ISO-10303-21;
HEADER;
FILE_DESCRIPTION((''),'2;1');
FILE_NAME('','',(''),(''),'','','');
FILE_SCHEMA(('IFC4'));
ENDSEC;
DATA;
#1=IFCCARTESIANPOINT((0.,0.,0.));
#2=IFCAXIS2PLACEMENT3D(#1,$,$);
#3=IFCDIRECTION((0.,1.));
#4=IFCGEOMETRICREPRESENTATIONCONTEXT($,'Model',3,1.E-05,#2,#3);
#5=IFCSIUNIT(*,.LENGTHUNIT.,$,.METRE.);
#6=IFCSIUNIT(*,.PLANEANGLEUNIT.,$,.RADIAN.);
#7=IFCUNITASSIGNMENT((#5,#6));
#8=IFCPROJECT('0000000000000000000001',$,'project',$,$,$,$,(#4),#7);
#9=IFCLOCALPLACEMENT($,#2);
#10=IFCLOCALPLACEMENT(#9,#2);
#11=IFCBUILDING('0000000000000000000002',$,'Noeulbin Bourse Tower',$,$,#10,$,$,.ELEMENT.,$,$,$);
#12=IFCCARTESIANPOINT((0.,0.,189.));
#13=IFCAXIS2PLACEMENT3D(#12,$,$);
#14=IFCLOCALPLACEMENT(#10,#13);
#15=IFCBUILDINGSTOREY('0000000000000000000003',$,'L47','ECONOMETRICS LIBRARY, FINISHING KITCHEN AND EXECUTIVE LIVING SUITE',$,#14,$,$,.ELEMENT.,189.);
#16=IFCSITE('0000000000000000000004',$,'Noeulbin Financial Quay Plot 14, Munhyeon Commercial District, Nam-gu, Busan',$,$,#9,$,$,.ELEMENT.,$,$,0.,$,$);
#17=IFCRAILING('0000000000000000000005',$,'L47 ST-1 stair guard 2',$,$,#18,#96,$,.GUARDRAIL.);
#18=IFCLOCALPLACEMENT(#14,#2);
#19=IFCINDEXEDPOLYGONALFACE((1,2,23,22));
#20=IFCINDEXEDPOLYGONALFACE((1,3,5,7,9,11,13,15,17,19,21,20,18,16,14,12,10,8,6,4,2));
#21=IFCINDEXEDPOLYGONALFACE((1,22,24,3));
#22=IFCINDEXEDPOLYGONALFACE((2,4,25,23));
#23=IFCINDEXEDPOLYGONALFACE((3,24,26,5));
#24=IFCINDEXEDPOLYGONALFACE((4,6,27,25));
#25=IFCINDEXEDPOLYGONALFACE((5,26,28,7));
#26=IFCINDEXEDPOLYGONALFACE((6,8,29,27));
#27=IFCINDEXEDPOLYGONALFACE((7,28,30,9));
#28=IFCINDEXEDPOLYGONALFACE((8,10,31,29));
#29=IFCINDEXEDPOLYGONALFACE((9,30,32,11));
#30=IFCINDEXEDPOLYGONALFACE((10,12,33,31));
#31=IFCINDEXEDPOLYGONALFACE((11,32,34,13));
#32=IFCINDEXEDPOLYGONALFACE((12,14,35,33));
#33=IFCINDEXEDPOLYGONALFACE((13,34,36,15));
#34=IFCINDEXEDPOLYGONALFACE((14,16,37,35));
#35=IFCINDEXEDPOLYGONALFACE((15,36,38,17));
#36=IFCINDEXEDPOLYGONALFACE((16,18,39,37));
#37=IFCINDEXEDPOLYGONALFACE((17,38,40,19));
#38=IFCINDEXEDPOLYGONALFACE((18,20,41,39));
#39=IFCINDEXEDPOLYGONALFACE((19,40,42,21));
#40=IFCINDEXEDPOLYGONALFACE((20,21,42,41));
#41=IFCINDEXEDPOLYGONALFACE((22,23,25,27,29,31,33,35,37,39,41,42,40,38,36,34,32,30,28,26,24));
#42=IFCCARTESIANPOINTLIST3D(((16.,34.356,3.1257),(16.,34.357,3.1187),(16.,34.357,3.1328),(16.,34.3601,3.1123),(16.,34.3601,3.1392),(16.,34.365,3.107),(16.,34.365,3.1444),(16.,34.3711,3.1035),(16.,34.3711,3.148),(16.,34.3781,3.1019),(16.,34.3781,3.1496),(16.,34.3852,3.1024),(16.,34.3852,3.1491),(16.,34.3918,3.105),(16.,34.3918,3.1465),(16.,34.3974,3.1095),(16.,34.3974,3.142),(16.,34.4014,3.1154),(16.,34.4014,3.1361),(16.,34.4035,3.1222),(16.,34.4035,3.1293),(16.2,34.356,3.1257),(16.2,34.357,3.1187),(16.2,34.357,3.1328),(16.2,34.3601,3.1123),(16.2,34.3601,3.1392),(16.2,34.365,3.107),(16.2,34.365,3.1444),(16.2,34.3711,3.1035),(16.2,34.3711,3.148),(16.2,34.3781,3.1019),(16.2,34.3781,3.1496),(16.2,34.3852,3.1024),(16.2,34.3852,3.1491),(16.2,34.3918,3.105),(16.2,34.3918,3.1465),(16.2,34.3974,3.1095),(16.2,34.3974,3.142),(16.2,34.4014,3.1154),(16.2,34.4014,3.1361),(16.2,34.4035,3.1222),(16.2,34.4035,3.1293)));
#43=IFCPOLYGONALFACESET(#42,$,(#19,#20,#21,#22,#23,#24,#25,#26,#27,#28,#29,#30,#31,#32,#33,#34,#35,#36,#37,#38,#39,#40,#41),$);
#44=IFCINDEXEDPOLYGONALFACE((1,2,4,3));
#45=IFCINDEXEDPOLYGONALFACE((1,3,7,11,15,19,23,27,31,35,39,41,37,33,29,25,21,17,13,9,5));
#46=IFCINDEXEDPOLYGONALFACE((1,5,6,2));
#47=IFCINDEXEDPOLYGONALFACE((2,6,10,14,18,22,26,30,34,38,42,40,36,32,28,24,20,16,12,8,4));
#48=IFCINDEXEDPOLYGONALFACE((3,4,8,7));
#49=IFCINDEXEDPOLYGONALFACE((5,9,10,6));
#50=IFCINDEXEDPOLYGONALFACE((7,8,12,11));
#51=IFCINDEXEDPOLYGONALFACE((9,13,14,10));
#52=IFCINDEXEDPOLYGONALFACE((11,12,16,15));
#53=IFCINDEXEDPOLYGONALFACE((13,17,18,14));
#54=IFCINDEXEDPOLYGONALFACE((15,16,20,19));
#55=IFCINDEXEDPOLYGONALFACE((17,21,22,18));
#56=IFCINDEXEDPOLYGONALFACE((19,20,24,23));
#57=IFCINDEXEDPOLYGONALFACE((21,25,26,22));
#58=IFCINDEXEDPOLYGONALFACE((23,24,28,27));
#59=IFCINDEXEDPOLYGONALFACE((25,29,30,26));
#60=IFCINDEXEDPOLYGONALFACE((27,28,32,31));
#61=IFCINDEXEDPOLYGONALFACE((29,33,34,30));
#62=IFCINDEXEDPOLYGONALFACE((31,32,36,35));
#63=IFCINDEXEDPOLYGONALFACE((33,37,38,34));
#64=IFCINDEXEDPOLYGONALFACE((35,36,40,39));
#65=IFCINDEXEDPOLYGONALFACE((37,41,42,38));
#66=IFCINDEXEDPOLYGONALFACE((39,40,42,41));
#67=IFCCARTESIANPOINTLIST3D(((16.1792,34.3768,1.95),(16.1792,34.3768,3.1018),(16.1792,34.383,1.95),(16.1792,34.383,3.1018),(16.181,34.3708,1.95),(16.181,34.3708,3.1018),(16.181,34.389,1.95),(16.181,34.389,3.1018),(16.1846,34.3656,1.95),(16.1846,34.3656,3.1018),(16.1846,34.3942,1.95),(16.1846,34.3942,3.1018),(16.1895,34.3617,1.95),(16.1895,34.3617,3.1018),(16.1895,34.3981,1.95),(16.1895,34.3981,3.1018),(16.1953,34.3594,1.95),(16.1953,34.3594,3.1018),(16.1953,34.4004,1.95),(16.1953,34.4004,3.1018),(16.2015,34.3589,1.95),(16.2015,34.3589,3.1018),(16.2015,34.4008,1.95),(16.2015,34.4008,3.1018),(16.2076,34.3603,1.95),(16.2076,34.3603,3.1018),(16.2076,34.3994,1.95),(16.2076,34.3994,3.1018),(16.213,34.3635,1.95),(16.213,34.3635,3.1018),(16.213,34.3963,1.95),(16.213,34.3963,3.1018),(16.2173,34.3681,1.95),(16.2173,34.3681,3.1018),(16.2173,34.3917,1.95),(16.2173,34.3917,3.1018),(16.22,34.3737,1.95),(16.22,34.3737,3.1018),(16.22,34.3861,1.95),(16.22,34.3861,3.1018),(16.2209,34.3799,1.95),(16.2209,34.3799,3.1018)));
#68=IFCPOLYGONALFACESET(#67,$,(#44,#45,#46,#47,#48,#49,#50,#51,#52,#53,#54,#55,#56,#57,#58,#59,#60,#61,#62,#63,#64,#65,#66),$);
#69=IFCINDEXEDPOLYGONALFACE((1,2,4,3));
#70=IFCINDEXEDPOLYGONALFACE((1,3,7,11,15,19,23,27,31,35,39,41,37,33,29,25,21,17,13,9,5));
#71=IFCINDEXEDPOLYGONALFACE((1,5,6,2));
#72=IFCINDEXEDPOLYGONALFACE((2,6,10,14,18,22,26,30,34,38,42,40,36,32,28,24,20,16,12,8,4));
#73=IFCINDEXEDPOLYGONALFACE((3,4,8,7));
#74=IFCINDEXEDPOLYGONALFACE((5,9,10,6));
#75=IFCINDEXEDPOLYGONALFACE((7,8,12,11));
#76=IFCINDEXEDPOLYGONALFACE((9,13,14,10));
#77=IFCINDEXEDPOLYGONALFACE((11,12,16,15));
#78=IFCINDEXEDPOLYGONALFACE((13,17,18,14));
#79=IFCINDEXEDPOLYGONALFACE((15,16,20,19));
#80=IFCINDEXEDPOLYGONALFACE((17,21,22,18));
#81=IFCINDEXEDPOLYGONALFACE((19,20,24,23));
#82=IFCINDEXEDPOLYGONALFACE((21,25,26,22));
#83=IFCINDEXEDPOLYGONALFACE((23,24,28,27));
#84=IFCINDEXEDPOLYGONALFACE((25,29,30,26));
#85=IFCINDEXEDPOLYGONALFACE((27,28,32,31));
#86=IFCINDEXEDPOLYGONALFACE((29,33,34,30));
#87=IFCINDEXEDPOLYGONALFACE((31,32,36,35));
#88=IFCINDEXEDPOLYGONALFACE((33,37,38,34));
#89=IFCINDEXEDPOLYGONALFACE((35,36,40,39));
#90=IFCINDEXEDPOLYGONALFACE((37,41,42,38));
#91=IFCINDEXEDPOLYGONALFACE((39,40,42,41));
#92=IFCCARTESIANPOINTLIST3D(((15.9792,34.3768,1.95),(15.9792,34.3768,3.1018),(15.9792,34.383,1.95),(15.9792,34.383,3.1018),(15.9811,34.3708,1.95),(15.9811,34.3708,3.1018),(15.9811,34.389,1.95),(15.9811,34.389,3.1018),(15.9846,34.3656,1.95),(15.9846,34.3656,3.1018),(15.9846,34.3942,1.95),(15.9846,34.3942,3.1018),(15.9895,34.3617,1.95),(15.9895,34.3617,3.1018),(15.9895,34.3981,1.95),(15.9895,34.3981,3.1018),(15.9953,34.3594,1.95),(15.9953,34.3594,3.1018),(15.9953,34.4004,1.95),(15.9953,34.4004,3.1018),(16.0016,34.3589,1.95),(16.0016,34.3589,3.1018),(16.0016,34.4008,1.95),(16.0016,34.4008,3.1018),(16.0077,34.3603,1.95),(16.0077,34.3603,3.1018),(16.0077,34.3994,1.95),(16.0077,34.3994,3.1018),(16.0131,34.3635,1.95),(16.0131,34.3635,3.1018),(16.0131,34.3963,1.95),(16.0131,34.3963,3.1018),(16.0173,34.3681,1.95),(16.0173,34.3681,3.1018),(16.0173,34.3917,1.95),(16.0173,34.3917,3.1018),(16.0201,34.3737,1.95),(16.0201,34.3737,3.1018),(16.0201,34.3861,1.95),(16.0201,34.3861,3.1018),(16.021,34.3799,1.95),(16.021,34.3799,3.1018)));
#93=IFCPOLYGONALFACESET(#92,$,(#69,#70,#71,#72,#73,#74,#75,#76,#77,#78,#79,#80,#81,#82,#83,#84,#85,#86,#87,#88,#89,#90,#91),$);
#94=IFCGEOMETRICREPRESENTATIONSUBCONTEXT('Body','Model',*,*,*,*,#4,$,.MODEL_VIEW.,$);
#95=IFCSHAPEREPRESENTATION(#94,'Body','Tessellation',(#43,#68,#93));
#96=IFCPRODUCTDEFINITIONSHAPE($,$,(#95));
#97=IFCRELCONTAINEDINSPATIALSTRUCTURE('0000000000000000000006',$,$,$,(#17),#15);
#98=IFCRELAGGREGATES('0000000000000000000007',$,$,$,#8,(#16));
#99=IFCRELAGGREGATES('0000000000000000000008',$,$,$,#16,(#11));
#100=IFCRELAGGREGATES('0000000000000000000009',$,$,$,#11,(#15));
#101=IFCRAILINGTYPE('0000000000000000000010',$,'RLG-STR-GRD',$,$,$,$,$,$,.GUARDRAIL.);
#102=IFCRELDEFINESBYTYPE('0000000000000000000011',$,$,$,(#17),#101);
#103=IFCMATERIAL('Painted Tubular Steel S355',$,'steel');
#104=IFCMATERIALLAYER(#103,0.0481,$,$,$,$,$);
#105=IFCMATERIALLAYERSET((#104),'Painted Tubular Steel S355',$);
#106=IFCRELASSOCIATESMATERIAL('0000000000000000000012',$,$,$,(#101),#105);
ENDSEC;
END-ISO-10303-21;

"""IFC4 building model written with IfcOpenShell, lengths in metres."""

from ifc_helpers import new_model, si_unit, direction, frame, origin, origin_2d, place, context, subcontext, project, spatial, circle, extrude, material, layer, layer_set, type_object, element, save


model = new_model("IFC4")

# Units and contexts
model_context = context("Model", 3, precision=1e-05, world=origin(), true_north=direction((0.0, 1.0)))
body_context = subcontext(model_context, "Body", "Model", "MODEL_VIEW")
ifc_project = project(units=[si_unit("LENGTHUNIT", "METRE"), si_unit("PLANEANGLEUNIT", "RADIAN")], contexts=[model_context])

# Site, building, storey
site_placement = place(None, origin())
site = spatial("IfcSite", under=ifc_project, at=site_placement, Name="Noeulbin Financial Quay Plot 14, Munhyeon Commercial District, Nam-gu, Busan", CompositionType="ELEMENT", RefElevation=0.0)
building_placement = place(site_placement, origin())
building = spatial("IfcBuilding", under=site, at=building_placement, Name="Noeulbin Bourse Tower", CompositionType="ELEMENT")
storey_placement = place(building_placement, frame((0.0, 0.0, 189.0)))
storey = spatial("IfcBuildingStorey", under=building, at=storey_placement, Name="L47", Description="ECONOMETRICS LIBRARY, FINISHING KITCHEN AND EXECUTIVE LIVING SUITE", CompositionType="ELEMENT", Elevation=189.0)

# Railing
ifc_material_1 = material(Name="Painted Tubular Steel S355", Category="steel")
ifc_layer_1 = layer(ifc_material_1, 0.0481)
ifc_layer_set_1 = layer_set([ifc_layer_1], Name="Painted Tubular Steel S355")
railing_type_1 = type_object("IfcRailingType", Name="RLG-STR-GRD", PredefinedType="GUARDRAIL", material=ifc_layer_set_1)
railing_1_placement = place(storey_placement, frame((16.2, 34.3799, 1.95)))
element("IfcRailing", 1, at=railing_1_placement, inside=storey, type_object=railing_type_1, Name="L47 ST-1 stair guard 2", PredefinedType="GUARDRAIL", context=body_context, shape_type="SweptSolid", body=[
    extrude(circle(Radius=0.0239, at=origin_2d()), frame((0.0, 0.0, 1.1758), z_axis=(-1.0, 0.0, 0.0), x_axis=(0.0, -1.0, 0.0)), (0.0, 0.0, 1.0), 0.2),
    extrude(circle(Radius=0.021, at=origin_2d()), origin(), (0.0, 0.0, 1.0), 1.1519),
    extrude(circle(Radius=0.021, at=origin_2d()), frame((-0.2, 0.0, 0.0)), (0.0, 0.0, 1.0), 1.1519),
])

save(model, "model.ifc")
